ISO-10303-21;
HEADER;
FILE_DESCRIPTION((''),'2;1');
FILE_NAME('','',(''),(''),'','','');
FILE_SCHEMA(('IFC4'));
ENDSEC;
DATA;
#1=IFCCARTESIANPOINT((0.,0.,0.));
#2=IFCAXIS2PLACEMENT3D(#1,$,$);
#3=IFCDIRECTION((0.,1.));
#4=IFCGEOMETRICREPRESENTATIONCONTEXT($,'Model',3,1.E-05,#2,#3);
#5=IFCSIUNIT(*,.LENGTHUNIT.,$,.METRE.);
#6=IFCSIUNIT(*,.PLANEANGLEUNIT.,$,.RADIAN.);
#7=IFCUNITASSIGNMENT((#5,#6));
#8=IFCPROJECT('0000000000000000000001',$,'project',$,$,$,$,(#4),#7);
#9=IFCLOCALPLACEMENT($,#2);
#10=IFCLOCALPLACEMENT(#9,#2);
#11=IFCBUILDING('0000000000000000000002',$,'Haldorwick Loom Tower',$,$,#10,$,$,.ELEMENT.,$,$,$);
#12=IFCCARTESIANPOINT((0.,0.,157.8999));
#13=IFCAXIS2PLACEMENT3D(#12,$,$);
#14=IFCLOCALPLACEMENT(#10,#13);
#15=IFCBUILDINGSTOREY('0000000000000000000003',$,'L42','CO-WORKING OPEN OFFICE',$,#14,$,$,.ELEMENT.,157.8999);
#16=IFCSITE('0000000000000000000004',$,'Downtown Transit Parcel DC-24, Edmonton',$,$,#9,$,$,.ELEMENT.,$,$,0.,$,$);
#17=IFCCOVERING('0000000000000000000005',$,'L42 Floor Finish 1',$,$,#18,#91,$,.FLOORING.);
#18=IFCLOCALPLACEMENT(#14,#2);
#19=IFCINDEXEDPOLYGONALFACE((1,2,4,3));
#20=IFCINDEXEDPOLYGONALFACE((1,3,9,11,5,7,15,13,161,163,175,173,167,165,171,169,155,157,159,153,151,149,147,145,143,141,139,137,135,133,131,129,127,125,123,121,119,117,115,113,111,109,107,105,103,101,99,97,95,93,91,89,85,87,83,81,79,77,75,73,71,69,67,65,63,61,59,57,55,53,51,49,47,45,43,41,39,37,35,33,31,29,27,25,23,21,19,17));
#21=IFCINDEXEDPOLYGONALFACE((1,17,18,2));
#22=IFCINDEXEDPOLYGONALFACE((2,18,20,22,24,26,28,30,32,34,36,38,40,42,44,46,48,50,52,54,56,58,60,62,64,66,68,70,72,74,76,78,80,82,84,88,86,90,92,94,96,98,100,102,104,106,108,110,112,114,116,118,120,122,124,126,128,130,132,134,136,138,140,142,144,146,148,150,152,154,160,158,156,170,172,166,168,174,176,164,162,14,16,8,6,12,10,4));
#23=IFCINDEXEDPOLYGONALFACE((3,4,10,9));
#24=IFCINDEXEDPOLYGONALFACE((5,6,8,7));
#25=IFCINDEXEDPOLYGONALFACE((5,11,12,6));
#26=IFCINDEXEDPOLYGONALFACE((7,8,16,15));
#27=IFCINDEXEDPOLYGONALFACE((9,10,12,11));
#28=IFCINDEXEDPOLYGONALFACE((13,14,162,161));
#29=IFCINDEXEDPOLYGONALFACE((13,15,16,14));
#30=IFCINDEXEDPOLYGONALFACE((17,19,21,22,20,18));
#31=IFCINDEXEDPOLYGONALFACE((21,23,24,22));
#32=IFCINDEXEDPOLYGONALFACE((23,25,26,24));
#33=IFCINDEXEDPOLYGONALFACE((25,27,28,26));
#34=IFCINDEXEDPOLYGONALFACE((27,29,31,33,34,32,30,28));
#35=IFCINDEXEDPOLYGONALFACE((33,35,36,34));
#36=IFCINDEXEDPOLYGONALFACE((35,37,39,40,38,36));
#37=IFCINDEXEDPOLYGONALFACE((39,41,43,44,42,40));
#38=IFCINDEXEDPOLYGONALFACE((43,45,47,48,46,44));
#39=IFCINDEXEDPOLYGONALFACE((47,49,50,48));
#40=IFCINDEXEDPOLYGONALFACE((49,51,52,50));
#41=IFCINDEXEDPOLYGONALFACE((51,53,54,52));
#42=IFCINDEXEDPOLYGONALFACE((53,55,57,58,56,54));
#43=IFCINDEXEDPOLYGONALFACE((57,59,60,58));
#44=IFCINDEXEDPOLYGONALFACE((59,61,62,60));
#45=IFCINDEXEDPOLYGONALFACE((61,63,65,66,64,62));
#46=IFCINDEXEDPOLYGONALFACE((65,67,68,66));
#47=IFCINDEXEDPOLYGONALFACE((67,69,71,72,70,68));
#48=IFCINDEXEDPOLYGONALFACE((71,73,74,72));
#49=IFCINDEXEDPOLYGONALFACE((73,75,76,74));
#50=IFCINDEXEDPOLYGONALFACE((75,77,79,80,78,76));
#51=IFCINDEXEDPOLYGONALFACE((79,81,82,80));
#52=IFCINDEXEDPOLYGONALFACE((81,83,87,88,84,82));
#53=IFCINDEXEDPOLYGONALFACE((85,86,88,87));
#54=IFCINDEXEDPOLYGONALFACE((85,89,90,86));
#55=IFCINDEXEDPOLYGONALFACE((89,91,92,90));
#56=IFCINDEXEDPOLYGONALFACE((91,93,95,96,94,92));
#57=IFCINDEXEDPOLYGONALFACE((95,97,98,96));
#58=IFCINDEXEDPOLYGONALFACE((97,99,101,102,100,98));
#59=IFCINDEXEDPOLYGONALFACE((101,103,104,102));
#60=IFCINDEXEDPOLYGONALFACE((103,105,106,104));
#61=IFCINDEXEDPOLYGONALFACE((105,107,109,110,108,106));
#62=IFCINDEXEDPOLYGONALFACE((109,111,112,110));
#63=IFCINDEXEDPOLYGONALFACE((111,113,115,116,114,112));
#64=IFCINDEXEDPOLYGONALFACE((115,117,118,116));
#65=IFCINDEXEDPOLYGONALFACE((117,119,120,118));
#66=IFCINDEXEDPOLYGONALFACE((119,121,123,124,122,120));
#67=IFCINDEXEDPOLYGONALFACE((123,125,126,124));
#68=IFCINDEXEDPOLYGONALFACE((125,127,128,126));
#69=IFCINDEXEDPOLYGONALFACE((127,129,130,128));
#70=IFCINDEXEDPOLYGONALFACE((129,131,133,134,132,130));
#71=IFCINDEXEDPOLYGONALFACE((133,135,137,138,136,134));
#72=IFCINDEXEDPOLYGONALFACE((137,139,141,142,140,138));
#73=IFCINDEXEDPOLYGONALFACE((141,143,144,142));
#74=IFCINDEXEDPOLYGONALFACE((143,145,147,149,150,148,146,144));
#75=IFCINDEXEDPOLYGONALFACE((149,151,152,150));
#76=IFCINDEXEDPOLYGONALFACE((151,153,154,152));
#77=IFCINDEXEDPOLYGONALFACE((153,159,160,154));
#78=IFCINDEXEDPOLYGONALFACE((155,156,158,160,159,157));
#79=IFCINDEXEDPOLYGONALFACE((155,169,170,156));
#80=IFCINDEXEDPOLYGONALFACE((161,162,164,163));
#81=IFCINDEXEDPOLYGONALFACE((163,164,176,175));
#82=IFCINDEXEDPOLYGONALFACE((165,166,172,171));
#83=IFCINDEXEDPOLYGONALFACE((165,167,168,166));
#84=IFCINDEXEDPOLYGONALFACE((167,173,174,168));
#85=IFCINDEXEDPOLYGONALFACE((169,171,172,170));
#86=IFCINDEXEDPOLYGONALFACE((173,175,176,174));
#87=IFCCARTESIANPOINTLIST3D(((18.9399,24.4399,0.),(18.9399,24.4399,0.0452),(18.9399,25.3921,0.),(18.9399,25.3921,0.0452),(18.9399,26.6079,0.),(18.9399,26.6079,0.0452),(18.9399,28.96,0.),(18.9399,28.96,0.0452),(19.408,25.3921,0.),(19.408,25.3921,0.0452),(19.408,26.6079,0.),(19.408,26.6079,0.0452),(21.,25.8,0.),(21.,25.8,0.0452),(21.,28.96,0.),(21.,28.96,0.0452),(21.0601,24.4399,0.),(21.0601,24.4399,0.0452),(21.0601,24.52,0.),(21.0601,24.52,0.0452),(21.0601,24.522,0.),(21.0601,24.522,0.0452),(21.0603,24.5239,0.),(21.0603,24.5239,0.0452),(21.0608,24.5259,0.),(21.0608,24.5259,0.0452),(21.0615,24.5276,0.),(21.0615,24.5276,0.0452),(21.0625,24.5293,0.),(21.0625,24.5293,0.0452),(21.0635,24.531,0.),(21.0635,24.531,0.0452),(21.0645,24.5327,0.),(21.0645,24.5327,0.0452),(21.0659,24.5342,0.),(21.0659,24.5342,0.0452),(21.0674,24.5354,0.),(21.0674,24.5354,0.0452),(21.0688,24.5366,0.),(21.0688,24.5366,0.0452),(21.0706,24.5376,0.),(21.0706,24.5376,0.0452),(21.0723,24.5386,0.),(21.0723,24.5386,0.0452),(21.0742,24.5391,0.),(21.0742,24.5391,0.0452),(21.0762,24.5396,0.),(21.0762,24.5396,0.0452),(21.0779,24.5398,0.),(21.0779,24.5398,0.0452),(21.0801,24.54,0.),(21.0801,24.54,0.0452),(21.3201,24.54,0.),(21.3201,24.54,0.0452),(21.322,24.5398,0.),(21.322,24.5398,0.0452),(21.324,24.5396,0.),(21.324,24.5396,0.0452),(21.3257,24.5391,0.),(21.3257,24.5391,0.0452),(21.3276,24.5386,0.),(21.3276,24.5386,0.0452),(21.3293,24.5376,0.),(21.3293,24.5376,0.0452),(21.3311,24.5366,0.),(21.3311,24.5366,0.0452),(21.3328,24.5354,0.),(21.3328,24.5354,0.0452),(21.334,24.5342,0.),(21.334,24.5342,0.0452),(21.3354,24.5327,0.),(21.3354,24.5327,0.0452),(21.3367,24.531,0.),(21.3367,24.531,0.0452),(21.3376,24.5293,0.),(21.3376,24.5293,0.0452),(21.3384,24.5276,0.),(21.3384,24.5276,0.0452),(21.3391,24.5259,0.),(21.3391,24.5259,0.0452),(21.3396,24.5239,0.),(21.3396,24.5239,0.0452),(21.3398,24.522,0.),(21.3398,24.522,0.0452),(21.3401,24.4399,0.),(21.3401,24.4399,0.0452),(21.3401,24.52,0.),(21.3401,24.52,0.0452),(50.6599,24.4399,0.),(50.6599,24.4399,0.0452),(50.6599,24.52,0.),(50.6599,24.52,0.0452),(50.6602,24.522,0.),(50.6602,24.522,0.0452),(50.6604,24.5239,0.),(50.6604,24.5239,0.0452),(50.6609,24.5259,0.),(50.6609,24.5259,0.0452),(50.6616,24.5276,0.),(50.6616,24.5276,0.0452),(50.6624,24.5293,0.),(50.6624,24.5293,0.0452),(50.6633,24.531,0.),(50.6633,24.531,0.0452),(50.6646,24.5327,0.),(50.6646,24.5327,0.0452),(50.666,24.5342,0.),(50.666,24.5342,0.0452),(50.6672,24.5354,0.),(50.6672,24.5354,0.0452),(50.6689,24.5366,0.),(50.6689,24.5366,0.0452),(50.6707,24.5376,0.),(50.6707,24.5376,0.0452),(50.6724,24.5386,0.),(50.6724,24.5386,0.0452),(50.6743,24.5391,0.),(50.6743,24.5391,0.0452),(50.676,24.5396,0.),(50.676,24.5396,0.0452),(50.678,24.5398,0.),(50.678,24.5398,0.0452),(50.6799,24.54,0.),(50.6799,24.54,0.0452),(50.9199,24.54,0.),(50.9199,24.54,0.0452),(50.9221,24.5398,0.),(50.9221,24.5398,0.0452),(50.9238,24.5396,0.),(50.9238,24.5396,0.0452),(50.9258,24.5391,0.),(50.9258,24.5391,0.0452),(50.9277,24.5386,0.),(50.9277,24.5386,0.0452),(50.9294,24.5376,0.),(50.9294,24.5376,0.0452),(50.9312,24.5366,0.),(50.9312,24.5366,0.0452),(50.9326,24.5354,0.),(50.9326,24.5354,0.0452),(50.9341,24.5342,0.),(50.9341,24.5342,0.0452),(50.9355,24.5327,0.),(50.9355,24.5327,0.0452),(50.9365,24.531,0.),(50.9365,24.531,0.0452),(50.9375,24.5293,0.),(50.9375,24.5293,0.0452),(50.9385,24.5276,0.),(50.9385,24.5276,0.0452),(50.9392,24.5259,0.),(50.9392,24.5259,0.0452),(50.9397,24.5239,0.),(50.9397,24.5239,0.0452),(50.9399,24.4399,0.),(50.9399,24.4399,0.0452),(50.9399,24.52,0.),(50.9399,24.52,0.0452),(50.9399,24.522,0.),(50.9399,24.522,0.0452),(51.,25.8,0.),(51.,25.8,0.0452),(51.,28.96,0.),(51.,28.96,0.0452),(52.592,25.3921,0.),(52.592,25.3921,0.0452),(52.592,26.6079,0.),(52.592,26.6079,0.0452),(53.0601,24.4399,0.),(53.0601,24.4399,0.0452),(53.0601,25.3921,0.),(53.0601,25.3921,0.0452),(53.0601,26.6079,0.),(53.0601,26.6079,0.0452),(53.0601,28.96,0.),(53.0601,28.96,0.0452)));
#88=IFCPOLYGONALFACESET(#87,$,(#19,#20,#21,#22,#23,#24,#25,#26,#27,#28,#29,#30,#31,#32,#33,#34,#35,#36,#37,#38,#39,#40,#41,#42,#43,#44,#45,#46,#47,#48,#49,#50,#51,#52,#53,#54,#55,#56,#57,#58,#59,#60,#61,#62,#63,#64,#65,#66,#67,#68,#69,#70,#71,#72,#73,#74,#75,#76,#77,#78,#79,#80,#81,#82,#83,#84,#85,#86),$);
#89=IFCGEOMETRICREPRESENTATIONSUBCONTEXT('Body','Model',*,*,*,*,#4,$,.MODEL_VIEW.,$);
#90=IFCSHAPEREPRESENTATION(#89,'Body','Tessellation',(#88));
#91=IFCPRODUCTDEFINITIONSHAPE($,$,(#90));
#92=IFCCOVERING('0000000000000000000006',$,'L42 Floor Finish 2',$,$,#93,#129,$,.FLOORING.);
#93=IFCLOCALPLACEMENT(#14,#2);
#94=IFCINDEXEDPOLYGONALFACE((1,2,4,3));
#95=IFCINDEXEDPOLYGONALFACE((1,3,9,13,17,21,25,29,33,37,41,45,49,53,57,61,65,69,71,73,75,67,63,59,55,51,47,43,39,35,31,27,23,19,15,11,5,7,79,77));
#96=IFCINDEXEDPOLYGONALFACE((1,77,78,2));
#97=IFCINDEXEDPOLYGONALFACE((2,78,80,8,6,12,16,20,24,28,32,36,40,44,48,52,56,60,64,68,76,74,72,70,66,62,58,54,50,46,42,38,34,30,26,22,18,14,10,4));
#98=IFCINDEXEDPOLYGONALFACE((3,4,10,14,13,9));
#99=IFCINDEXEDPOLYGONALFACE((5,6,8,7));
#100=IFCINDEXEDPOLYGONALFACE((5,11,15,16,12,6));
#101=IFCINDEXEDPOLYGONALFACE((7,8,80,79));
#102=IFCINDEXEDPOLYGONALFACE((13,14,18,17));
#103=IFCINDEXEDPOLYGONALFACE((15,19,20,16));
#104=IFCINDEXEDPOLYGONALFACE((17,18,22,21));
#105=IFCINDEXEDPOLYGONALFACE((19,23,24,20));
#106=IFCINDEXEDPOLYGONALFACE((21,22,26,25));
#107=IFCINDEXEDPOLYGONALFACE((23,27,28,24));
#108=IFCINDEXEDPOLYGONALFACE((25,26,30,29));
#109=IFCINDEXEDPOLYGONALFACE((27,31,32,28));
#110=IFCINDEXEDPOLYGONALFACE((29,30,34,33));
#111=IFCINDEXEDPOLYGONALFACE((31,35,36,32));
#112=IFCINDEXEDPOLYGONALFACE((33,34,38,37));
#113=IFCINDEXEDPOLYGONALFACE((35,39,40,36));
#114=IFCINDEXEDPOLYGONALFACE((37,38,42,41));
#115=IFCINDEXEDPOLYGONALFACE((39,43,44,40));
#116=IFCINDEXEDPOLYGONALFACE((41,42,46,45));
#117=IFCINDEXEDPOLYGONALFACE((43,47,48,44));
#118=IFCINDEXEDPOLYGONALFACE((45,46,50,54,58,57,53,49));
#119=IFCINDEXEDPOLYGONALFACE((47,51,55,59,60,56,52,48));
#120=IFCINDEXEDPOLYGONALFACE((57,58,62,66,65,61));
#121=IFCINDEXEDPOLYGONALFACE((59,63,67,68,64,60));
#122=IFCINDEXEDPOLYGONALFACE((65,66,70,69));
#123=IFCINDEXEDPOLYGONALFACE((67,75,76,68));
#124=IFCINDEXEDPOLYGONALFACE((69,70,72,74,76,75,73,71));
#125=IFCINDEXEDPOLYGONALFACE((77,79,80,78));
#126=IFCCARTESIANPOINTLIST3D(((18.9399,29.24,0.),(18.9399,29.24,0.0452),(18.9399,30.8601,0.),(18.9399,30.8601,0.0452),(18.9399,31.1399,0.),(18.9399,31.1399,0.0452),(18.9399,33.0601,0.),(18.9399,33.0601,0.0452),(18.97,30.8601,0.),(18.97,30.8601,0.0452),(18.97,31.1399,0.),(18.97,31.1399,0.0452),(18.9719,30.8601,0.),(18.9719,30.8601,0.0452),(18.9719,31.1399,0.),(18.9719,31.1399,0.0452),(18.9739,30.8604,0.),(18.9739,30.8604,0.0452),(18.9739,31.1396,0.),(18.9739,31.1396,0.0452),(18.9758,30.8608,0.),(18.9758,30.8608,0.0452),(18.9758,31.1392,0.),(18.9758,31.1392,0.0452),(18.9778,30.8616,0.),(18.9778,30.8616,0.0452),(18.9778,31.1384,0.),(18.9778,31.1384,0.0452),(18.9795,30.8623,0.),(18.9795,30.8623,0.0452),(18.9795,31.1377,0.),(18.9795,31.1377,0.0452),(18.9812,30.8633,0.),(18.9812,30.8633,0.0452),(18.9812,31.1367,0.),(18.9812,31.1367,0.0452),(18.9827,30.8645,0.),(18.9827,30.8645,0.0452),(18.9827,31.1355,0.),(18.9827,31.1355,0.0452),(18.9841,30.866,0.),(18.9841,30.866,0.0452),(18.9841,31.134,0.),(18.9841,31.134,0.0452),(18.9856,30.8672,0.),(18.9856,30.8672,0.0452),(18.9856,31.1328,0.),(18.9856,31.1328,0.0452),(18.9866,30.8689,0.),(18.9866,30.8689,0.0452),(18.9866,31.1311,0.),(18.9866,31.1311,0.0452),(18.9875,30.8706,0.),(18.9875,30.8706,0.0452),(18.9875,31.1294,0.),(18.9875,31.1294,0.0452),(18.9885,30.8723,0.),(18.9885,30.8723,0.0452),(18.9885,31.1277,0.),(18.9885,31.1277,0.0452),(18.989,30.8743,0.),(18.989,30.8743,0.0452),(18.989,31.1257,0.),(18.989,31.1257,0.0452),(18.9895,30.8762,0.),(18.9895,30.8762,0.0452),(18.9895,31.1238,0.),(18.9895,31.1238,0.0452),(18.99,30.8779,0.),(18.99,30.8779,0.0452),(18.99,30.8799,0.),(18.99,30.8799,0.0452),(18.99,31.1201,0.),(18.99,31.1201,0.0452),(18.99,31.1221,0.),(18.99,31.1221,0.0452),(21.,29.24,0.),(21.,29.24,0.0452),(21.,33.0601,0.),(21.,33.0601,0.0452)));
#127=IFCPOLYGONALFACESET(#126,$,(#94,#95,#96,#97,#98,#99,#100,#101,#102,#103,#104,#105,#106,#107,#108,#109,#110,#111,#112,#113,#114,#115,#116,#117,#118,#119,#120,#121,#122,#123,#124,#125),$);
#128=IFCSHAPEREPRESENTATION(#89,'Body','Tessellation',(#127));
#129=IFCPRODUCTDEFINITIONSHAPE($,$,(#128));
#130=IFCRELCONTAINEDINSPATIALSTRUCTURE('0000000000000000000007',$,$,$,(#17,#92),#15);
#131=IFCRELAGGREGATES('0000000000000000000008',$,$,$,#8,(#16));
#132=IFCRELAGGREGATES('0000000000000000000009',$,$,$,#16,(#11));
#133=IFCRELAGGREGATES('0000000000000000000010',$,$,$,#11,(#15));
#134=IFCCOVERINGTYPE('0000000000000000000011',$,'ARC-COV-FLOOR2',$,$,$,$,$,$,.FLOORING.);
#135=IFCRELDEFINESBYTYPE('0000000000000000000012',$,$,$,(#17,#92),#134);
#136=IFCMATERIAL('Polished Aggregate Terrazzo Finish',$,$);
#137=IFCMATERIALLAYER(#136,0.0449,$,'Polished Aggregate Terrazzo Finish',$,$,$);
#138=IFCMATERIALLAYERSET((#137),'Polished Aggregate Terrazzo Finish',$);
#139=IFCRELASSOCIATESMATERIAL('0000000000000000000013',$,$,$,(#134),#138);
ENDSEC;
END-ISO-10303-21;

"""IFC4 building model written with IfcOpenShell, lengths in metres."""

from ifc_helpers import new_model, si_unit, direction, frame, origin, place, context, subcontext, project, spatial, polyline, outline, extrude, material, layer, layer_set, type_object, element, save


model = new_model("IFC4")

# Units and contexts
model_context = context("Model", 3, precision=1e-05, world=origin(), true_north=direction((0.0, 1.0)))
body_context = subcontext(model_context, "Body", "Model", "MODEL_VIEW")
ifc_project = project(units=[si_unit("LENGTHUNIT", "METRE"), si_unit("PLANEANGLEUNIT", "RADIAN")], contexts=[model_context])

# Site, building, storey
site_placement = place(None, origin())
site = spatial("IfcSite", under=ifc_project, at=site_placement, Name="Downtown Transit Parcel DC-24, Edmonton", CompositionType="ELEMENT", RefElevation=0.0)
building_placement = place(site_placement, origin())
building = spatial("IfcBuilding", under=site, at=building_placement, Name="Haldorwick Loom Tower", CompositionType="ELEMENT")
storey_placement = place(building_placement, frame((0.0, 0.0, 157.8999)))
storey = spatial("IfcBuildingStorey", under=building, at=storey_placement, Name="L42", Description="CO-WORKING OPEN OFFICE", CompositionType="ELEMENT", Elevation=157.8999)

# Coverings
ifc_material_1 = material(Name="Polished Aggregate Terrazzo Finish")
ifc_layer_1 = layer(ifc_material_1, 0.0449, Name="Polished Aggregate Terrazzo Finish")
ifc_layer_set_1 = layer_set([ifc_layer_1], Name="Polished Aggregate Terrazzo Finish")
covering_type_1 = type_object("IfcCoveringType", Name="ARC-COV-FLOOR2", PredefinedType="FLOORING", material=ifc_layer_set_1)
covering_1_placement = place(storey_placement, origin())
element("IfcCovering", 1, at=covering_1_placement, inside=storey, type_object=covering_type_1, Name="L42 Floor Finish 1", PredefinedType="FLOORING", context=body_context, shape_type="SweptSolid", body=[
    extrude(outline(polyline([(51.0, 28.96), (51.0, 25.8), (21.0, 25.8), (21.0, 28.96), (18.9399, 28.96), (18.9399, 26.6079), (19.408, 26.6079), (19.408, 25.3921), (18.9399, 25.3921), (18.9399, 24.4399), (21.0601, 24.4399), (21.0601, 24.52), (21.0601, 24.522), (21.0603, 24.5239), (21.0608, 24.5259), (21.0615, 24.5276), (21.0625, 24.5293), (21.0635, 24.531), (21.0645, 24.5327), (21.0659, 24.5342), (21.0674, 24.5354), (21.0688, 24.5366), (21.0706, 24.5376), (21.0723, 24.5386), (21.0742, 24.5391), (21.0762, 24.5396), (21.0779, 24.5398), (21.0801, 24.54), (21.3201, 24.54), (21.322, 24.5398), (21.324, 24.5396), (21.3257, 24.5391), (21.3276, 24.5386), (21.3293, 24.5376), (21.3311, 24.5366), (21.3328, 24.5354), (21.334, 24.5342), (21.3354, 24.5327), (21.3367, 24.531), (21.3376, 24.5293), (21.3384, 24.5276), (21.3391, 24.5259), (21.3396, 24.5239), (21.3398, 24.522), (21.3401, 24.52), (21.3401, 24.4399), (50.6599, 24.4399), (50.6599, 24.52), (50.6602, 24.522), (50.6604, 24.5239), (50.6609, 24.5259), (50.6616, 24.5276), (50.6624, 24.5293), (50.6633, 24.531), (50.6646, 24.5327), (50.666, 24.5342), (50.6672, 24.5354), (50.6689, 24.5366), (50.6707, 24.5376), (50.6724, 24.5386), (50.6743, 24.5391), (50.676, 24.5396), (50.678, 24.5398), (50.6799, 24.54), (50.9199, 24.54), (50.9221, 24.5398), (50.9238, 24.5396), (50.9258, 24.5391), (50.9277, 24.5386), (50.9294, 24.5376), (50.9312, 24.5366), (50.9326, 24.5354), (50.9341, 24.5342), (50.9355, 24.5327), (50.9365, 24.531), (50.9375, 24.5293), (50.9385, 24.5276), (50.9392, 24.5259), (50.9397, 24.5239), (50.9399, 24.522), (50.9399, 24.52), (50.9399, 24.4399), (53.0601, 24.4399), (53.0601, 25.3921), (52.592, 25.3921), (52.592, 26.6079), (53.0601, 26.6079), (53.0601, 28.96), (51.0, 28.96)])), origin(), (0.0, 0.0, 1.0), 0.0452),
])
covering_2_placement = place(storey_placement, origin())
element("IfcCovering", 2, at=covering_2_placement, inside=storey, type_object=covering_type_1, Name="L42 Floor Finish 2", PredefinedType="FLOORING", context=body_context, shape_type="SweptSolid", body=[
    extrude(outline(polyline([(18.97, 31.1399), (18.9719, 31.1399), (18.9739, 31.1396), (18.9758, 31.1392), (18.9778, 31.1384), (18.9795, 31.1377), (18.9812, 31.1367), (18.9827, 31.1355), (18.9841, 31.134), (18.9856, 31.1328), (18.9866, 31.1311), (18.9875, 31.1294), (18.9885, 31.1277), (18.989, 31.1257), (18.9895, 31.1238), (18.99, 31.1221), (18.99, 31.1201), (18.99, 30.8799), (18.99, 30.8779), (18.9895, 30.8762), (18.989, 30.8743), (18.9885, 30.8723), (18.9875, 30.8706), (18.9866, 30.8689), (18.9856, 30.8672), (18.9841, 30.866), (18.9827, 30.8645), (18.9812, 30.8633), (18.9795, 30.8623), (18.9778, 30.8616), (18.9758, 30.8608), (18.9739, 30.8604), (18.9719, 30.8601), (18.97, 30.8601), (18.9399, 30.8601), (18.9399, 29.24), (21.0, 29.24), (21.0, 33.0601), (18.9399, 33.0601), (18.9399, 31.1399), (18.97, 31.1399)])), origin(), (0.0, 0.0, 1.0), 0.0452),
])

save(model, "model.ifc")
